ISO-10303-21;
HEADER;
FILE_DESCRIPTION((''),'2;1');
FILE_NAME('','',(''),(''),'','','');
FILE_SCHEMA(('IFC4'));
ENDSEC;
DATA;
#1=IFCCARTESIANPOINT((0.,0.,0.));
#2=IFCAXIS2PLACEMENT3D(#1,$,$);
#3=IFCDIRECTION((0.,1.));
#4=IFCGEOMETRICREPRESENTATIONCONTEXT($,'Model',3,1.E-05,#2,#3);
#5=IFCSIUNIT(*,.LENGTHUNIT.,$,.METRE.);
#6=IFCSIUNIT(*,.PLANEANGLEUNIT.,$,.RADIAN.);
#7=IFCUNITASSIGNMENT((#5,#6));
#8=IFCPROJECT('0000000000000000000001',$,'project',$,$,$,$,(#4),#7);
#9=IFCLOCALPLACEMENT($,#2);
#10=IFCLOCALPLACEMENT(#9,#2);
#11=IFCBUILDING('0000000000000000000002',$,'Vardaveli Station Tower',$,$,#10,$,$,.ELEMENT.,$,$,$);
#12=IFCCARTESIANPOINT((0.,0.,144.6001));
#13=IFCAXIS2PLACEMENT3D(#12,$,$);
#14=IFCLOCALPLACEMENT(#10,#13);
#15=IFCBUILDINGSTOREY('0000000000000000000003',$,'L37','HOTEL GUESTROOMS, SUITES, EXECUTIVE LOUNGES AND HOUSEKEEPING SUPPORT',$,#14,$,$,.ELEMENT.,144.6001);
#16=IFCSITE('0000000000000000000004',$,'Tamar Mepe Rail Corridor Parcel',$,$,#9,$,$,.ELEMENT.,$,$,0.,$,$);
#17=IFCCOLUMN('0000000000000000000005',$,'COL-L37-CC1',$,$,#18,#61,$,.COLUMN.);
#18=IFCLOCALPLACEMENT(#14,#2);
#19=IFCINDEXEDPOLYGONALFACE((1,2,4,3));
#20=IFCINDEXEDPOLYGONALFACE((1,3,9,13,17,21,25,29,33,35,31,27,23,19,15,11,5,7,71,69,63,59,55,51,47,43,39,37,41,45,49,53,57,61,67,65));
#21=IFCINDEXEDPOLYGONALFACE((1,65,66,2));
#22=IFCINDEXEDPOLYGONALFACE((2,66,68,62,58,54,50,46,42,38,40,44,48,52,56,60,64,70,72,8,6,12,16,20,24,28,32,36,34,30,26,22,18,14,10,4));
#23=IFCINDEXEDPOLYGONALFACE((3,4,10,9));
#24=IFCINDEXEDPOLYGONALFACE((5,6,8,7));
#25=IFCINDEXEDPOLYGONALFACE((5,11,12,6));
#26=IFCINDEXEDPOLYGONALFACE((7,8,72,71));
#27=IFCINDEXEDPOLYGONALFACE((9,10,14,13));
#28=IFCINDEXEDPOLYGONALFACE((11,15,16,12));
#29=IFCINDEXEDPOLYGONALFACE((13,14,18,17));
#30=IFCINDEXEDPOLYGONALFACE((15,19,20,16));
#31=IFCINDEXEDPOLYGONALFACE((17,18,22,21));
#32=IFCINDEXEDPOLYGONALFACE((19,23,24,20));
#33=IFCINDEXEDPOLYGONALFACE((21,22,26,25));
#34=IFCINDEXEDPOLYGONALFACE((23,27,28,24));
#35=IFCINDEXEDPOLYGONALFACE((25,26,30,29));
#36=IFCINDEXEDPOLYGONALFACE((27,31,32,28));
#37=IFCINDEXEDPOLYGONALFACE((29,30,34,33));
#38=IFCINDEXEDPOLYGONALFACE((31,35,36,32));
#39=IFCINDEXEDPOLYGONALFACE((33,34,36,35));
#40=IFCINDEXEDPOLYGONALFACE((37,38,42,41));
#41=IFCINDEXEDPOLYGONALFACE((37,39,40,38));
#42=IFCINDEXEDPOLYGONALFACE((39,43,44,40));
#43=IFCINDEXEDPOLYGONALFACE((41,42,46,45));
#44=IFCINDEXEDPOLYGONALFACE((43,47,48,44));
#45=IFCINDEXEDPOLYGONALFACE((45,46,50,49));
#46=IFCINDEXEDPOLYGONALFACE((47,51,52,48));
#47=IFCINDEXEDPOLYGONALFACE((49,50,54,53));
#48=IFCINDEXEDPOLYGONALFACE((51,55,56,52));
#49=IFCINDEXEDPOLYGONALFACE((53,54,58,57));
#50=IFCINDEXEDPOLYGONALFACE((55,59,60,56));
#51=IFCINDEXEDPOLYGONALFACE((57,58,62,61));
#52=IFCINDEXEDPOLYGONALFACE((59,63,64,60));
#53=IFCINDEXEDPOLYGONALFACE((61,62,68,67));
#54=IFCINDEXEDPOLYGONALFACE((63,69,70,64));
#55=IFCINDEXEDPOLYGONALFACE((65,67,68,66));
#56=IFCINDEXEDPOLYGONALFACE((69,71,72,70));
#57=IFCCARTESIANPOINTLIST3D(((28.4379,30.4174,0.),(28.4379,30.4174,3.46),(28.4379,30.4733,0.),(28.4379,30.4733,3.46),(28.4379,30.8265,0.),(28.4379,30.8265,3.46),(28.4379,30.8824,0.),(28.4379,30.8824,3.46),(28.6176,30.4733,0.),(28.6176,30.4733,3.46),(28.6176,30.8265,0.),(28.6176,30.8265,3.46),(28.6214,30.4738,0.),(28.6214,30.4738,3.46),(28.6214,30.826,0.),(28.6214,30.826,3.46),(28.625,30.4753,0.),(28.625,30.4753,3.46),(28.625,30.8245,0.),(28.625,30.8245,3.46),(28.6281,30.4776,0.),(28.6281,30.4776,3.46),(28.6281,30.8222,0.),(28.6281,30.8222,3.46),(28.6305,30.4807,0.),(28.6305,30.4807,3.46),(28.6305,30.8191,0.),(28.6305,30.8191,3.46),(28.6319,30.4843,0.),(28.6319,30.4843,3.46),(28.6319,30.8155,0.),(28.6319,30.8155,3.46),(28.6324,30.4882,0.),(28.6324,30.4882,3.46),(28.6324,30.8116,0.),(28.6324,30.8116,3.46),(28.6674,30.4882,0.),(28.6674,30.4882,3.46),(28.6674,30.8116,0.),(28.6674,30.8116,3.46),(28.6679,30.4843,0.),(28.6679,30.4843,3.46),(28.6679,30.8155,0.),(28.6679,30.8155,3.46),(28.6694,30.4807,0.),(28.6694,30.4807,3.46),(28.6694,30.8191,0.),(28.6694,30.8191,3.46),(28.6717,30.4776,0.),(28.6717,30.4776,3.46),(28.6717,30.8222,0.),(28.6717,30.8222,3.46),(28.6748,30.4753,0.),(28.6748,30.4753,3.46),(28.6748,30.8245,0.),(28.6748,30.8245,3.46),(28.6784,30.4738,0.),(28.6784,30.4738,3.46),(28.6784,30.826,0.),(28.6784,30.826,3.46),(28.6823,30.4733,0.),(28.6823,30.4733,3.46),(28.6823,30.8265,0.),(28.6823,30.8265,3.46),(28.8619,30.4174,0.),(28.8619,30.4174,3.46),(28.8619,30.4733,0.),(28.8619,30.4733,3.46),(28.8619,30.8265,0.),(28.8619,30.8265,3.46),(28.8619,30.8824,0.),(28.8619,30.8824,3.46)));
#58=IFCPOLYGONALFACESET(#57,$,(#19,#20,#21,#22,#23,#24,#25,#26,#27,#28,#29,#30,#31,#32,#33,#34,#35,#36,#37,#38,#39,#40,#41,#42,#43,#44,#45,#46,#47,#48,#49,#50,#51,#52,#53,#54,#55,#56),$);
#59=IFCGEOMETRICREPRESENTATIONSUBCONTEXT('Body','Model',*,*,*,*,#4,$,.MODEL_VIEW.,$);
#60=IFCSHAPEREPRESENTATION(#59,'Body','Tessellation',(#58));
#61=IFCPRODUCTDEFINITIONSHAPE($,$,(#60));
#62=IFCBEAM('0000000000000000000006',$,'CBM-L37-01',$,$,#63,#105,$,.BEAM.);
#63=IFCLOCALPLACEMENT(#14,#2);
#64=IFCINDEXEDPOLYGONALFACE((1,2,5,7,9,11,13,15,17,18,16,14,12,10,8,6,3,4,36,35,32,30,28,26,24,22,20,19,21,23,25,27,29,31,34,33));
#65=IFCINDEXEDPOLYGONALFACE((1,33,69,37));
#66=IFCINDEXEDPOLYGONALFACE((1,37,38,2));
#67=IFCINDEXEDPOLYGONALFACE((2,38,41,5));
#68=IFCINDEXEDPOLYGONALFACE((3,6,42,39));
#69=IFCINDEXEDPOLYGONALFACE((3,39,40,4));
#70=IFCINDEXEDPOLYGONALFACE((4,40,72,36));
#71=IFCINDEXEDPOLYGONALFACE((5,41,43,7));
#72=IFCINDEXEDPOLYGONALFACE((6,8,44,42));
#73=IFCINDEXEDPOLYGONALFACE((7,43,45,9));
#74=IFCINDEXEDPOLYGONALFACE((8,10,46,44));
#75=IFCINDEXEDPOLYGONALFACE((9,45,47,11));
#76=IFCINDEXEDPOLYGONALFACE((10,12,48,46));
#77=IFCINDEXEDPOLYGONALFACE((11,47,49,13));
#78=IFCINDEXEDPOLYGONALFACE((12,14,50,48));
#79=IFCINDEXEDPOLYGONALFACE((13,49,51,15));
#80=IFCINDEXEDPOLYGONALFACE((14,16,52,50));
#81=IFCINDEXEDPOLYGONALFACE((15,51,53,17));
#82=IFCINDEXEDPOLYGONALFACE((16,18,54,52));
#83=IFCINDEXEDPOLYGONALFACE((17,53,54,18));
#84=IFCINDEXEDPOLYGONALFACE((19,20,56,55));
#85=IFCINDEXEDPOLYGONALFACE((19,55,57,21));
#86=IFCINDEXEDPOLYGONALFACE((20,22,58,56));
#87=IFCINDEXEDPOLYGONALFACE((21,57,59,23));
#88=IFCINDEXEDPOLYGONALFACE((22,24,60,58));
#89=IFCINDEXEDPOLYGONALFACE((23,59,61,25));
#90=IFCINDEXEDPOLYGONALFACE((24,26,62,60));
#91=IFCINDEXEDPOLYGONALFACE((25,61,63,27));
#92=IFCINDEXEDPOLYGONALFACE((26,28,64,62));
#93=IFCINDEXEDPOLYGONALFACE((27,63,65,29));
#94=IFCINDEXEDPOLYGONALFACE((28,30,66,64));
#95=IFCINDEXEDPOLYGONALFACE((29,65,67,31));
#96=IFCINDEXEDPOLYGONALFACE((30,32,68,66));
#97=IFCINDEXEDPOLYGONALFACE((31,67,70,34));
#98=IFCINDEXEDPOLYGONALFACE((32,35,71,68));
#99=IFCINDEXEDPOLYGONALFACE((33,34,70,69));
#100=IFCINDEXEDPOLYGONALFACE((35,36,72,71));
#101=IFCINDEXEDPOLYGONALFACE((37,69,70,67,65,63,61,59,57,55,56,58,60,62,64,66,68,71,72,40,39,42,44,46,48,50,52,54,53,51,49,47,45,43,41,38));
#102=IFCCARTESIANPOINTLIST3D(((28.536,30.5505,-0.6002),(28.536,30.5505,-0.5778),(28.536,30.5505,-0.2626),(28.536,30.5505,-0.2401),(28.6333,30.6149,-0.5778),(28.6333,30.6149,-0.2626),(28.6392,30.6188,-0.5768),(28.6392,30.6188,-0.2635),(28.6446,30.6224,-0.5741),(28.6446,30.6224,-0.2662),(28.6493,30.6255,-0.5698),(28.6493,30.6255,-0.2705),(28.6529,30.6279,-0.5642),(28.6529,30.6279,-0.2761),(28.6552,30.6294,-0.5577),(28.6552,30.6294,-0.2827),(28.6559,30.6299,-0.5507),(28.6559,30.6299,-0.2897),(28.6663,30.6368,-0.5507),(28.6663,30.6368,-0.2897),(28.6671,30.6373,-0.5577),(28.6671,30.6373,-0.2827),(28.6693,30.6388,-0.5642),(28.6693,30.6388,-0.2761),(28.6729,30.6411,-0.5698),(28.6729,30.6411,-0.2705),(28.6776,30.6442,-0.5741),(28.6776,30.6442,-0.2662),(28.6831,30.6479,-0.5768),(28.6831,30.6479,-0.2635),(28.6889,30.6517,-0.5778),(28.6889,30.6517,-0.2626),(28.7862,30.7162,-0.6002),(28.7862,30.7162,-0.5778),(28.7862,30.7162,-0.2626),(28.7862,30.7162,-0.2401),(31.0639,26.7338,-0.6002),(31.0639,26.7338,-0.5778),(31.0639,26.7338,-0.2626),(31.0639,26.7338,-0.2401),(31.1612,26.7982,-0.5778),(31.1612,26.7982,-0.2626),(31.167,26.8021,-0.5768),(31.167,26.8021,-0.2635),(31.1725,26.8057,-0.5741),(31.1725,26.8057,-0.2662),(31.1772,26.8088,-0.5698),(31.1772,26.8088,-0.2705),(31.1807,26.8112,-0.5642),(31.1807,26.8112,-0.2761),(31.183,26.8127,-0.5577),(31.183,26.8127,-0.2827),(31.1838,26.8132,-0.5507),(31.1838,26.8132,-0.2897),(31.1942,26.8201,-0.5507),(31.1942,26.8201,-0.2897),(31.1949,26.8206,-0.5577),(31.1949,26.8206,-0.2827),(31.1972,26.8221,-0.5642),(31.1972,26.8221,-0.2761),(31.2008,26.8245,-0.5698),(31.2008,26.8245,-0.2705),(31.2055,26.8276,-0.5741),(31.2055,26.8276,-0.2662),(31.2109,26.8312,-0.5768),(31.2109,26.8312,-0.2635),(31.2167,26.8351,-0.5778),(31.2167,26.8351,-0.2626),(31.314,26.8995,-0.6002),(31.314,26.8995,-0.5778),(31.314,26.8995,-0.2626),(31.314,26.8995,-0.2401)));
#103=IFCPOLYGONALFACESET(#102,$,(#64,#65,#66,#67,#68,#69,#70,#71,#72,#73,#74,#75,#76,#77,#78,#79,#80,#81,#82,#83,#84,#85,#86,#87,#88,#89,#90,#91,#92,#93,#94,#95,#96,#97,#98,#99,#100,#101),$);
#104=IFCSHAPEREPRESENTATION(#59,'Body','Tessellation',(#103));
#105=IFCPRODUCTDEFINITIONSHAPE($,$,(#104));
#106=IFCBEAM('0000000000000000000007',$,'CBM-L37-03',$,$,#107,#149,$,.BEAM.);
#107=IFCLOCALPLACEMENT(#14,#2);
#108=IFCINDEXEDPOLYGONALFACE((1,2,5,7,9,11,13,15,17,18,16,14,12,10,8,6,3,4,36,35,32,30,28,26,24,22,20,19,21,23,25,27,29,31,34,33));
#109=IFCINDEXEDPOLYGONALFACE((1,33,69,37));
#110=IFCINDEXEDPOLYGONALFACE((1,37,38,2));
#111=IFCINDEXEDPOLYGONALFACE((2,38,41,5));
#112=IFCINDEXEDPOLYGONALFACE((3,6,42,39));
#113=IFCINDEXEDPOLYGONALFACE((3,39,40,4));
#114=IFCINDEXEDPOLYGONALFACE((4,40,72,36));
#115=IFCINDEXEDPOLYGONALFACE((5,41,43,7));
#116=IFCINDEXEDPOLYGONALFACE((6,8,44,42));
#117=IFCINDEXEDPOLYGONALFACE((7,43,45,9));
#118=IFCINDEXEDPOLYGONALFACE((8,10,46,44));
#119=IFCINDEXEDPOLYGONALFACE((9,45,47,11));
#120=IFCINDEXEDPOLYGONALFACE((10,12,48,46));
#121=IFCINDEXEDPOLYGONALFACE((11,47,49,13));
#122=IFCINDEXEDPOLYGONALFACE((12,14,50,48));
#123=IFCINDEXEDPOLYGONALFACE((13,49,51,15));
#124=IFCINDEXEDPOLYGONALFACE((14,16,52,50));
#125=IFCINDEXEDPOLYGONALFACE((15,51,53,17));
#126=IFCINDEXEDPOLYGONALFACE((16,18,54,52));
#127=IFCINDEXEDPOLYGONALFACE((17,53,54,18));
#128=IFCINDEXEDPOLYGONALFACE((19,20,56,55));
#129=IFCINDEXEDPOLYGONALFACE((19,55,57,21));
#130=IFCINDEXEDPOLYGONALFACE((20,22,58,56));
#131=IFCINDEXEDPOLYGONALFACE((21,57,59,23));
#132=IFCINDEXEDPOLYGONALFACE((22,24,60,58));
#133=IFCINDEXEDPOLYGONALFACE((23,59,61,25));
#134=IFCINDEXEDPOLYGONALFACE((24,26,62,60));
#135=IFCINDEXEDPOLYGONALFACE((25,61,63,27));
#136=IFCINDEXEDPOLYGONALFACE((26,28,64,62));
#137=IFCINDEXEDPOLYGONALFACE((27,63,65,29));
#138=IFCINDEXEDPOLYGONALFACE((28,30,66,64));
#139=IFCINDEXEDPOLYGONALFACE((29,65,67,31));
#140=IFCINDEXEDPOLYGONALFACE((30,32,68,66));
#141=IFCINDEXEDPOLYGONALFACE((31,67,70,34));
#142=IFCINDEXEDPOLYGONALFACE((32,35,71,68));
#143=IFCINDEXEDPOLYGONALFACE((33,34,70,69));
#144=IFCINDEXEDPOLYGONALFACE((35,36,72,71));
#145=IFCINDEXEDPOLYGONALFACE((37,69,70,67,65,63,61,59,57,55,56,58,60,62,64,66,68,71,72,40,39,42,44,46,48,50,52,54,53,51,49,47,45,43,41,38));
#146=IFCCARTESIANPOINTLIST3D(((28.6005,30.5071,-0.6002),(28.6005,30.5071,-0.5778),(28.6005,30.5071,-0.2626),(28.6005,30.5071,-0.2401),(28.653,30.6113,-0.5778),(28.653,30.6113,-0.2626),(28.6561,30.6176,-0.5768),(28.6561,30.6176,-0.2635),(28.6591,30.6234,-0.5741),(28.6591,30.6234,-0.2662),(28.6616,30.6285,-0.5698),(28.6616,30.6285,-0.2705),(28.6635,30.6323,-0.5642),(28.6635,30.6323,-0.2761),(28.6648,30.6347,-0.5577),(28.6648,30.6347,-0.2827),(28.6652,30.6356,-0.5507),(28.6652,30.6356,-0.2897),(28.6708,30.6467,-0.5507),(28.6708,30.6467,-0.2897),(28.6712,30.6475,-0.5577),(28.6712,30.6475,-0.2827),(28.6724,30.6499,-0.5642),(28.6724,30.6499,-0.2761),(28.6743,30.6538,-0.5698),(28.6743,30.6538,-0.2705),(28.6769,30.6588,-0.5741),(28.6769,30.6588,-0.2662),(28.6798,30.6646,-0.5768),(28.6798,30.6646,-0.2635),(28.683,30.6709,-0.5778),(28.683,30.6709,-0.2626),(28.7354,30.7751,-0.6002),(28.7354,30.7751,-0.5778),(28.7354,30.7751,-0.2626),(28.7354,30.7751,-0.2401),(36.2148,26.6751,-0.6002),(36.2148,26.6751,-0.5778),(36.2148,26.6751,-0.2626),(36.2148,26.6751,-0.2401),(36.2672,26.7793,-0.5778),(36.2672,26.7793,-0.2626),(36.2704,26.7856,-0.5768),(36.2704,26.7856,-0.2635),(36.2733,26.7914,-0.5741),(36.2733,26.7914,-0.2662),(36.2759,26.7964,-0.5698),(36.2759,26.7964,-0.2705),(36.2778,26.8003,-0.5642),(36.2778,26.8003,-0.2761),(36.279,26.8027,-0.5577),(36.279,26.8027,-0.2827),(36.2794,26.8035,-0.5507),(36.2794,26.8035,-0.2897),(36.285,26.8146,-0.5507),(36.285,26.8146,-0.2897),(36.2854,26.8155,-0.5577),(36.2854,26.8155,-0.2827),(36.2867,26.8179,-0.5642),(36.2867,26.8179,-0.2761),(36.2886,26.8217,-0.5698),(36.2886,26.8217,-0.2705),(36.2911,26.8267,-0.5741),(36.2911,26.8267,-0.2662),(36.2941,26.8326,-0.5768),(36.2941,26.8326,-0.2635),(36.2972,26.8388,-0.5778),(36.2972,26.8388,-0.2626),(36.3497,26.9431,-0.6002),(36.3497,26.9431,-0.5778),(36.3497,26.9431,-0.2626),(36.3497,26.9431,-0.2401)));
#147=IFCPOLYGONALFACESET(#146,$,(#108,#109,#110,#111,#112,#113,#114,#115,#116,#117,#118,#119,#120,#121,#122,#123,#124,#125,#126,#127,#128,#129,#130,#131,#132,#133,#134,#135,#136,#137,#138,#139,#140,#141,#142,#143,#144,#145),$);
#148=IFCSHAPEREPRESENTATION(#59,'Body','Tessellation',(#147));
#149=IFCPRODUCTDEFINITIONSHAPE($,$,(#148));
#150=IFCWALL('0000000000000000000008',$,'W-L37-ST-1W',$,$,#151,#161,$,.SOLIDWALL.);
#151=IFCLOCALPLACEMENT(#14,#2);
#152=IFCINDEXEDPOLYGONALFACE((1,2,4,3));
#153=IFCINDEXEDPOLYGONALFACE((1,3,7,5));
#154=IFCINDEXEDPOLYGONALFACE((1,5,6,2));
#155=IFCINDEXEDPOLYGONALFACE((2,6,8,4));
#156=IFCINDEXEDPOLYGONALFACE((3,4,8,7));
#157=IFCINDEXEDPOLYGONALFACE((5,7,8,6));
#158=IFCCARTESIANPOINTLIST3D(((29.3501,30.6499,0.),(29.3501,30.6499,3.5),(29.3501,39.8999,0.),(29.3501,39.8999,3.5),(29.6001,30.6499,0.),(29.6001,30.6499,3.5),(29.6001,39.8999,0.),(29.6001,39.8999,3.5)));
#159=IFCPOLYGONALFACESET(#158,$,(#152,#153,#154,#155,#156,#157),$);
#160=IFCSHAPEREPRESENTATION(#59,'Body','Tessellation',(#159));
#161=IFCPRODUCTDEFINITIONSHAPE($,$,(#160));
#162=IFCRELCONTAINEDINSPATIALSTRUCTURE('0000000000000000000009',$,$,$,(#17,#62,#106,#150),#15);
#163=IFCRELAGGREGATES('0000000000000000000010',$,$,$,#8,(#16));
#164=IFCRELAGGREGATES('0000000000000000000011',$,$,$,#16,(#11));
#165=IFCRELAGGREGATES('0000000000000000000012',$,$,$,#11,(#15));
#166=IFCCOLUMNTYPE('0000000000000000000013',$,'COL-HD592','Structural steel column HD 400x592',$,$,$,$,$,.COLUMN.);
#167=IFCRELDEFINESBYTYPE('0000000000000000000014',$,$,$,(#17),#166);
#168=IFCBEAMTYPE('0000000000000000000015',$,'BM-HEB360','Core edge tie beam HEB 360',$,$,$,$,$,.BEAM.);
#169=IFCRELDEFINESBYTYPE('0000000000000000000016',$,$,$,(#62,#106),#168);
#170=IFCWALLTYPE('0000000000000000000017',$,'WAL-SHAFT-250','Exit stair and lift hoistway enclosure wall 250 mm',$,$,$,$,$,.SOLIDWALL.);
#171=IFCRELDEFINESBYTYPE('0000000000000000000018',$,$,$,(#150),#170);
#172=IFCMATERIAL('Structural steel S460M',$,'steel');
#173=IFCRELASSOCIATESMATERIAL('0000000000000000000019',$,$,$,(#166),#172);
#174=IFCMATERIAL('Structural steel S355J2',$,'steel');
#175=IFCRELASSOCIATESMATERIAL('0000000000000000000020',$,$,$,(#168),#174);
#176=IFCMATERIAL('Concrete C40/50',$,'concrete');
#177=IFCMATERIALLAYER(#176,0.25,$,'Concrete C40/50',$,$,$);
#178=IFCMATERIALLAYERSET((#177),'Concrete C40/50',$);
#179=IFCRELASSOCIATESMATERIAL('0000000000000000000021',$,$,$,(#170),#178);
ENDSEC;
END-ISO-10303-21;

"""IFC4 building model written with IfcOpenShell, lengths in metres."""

from ifc_helpers import new_model, si_unit, direction, frame, frame_2d, origin, origin_2d, place, context, subcontext, project, spatial, rectangle, i_section, extrude, source, transform, mapped, material, layer, layer_set, material_profile, profile_set, type_object, element, save


model = new_model("IFC4")

# Units and contexts
model_context = context("Model", 3, precision=1e-05, world=origin(), true_north=direction((0.0, 1.0)))
body_context = subcontext(model_context, "Body", "Model", "MODEL_VIEW")
ifc_project = project(units=[si_unit("LENGTHUNIT", "METRE"), si_unit("PLANEANGLEUNIT", "RADIAN")], contexts=[model_context])

# Site, building, storey
site_placement = place(None, origin())
site = spatial("IfcSite", under=ifc_project, at=site_placement, Name="Tamar Mepe Rail Corridor Parcel", CompositionType="ELEMENT", RefElevation=0.0)
building_placement = place(site_placement, origin())
building = spatial("IfcBuilding", under=site, at=building_placement, Name="Vardaveli Station Tower", CompositionType="ELEMENT")
storey_placement = place(building_placement, frame((0.0, 0.0, 144.6001)))
storey = spatial("IfcBuildingStorey", under=building, at=storey_placement, Name="L37", Description="HOTEL GUESTROOMS, SUITES, EXECUTIVE LOUNGES AND HOUSEKEEPING SUPPORT", CompositionType="ELEMENT", Elevation=144.6001)

# Column
ifc_material_1 = material(Name="Structural steel S460M", Category="steel")
ifc_material_profile_1 = material_profile(ifc_material_1, i_section(OverallWidth=0.4241, OverallDepth=0.4651, WebThickness=0.0349, FlangeThickness=0.0559, FilletRadius=0.0149, at=origin_2d()), Name="HD 400x592")
ifc_profile_set_1 = profile_set([ifc_material_profile_1], Name="Structural steel S460M")
column_type = type_object("IfcColumnType", Name="COL-HD592", Description="Structural steel column HD 400x592", PredefinedType="COLUMN", material=ifc_profile_set_1)
shared_shape_1 = source(origin(), body_context, "Body", "SweptSolid", [
    extrude(i_section(OverallWidth=0.4241, OverallDepth=0.4651, WebThickness=0.0349, FlangeThickness=0.0559, FilletRadius=0.0149, at=origin_2d()), origin(), (0.0, 0.0, 1.0), 3.46),
])
column_placement = place(storey_placement, frame((28.6499, 30.6499, 0.0), z_axis=(0.0, 0.0, 1.0), x_axis=(1.0, 0.0, 0.0)))
element("IfcColumn", 1, at=column_placement, inside=storey, type_object=column_type, Name="COL-L37-CC1", PredefinedType="COLUMN", context=body_context, shape_type="MappedRepresentation", body=[
    mapped(shared_shape_1, transform((0.0, 0.0, 0.0), scale=1.0)),
])

# Beams
ifc_material_2 = material(Name="Structural steel S355J2", Category="steel")
ifc_material_profile_2 = material_profile(ifc_material_2, i_section(OverallWidth=0.3, OverallDepth=0.3601, WebThickness=0.0125, FlangeThickness=0.0225, FilletRadius=0.0271, at=origin_2d()), Name="HEB 360")
ifc_profile_set_2 = profile_set([ifc_material_profile_2], Name="Structural steel S355J2")
beam_type = type_object("IfcBeamType", Name="BM-HEB360", Description="Core edge tie beam HEB 360", PredefinedType="BEAM", material=ifc_profile_set_2)
shared_shape_2 = source(origin(), body_context, "Body", "SweptSolid", [
    extrude(i_section(OverallWidth=0.3, OverallDepth=0.3601, WebThickness=0.0125, FlangeThickness=0.0225, FilletRadius=0.0271, at=origin_2d()), origin(), (0.0, 0.0, 1.0), 4.5779),
])
beam_1_placement = place(storey_placement, frame((31.189, 26.8167, -0.4202), z_axis=(-0.552187, 0.83372, 0.0), x_axis=(-0.83372, -0.552187, 0.0)))
element("IfcBeam", 2, at=beam_1_placement, inside=storey, type_object=beam_type, Name="CBM-L37-01", PredefinedType="BEAM", context=body_context, shape_type="MappedRepresentation", body=[
    mapped(shared_shape_2, transform((0.0, 0.0, 0.0), scale=1.0)),
])
shared_shape_3 = source(origin(), body_context, "Body", "SweptSolid", [
    extrude(i_section(OverallWidth=0.3, OverallDepth=0.3601, WebThickness=0.0125, FlangeThickness=0.0225, FilletRadius=0.0271, at=origin_2d()), origin(), (0.0, 0.0, 1.0), 8.5242),
])
beam_2_placement = place(storey_placement, frame((28.668, 30.6411, -0.4202), z_axis=(0.893256, -0.449549, 0.0), x_axis=(0.449549, 0.893256, 0.0)))
element("IfcBeam", 3, at=beam_2_placement, inside=storey, type_object=beam_type, Name="CBM-L37-03", PredefinedType="BEAM", context=body_context, shape_type="MappedRepresentation", body=[
    mapped(shared_shape_3, transform((0.0, 0.0, 0.0), scale=1.0)),
])

# Wall
ifc_material_3 = material(Name="Concrete C40/50", Category="concrete")
ifc_layer_1 = layer(ifc_material_3, 0.25, Name="Concrete C40/50")
ifc_layer_set_1 = layer_set([ifc_layer_1], Name="Concrete C40/50")
wall_type_1 = type_object("IfcWallType", Name="WAL-SHAFT-250", Description="Exit stair and lift hoistway enclosure wall 250 mm", PredefinedType="SOLIDWALL", material=ifc_layer_set_1)
shared_shape_4 = source(origin(), body_context, "Body", "SweptSolid", [
    extrude(rectangle(XDim=9.25, YDim=0.25, at=frame_2d((4.625, 0.0))), origin(), (0.0, 0.0, 1.0), 3.5),
])
wall_1_placement = place(storey_placement, frame((29.4751, 30.6499, 0.0), z_axis=(0.0, 0.0, 1.0), x_axis=(0.0, 1.0, 0.0)))
element("IfcWall", 4, at=wall_1_placement, inside=storey, type_object=wall_type_1, Name="W-L37-ST-1W", PredefinedType="SOLIDWALL", context=body_context, shape_type="MappedRepresentation", body=[
    mapped(shared_shape_4, transform((0.0, 0.0, 0.0), scale=1.0)),
])

save(model, "model.ifc")
